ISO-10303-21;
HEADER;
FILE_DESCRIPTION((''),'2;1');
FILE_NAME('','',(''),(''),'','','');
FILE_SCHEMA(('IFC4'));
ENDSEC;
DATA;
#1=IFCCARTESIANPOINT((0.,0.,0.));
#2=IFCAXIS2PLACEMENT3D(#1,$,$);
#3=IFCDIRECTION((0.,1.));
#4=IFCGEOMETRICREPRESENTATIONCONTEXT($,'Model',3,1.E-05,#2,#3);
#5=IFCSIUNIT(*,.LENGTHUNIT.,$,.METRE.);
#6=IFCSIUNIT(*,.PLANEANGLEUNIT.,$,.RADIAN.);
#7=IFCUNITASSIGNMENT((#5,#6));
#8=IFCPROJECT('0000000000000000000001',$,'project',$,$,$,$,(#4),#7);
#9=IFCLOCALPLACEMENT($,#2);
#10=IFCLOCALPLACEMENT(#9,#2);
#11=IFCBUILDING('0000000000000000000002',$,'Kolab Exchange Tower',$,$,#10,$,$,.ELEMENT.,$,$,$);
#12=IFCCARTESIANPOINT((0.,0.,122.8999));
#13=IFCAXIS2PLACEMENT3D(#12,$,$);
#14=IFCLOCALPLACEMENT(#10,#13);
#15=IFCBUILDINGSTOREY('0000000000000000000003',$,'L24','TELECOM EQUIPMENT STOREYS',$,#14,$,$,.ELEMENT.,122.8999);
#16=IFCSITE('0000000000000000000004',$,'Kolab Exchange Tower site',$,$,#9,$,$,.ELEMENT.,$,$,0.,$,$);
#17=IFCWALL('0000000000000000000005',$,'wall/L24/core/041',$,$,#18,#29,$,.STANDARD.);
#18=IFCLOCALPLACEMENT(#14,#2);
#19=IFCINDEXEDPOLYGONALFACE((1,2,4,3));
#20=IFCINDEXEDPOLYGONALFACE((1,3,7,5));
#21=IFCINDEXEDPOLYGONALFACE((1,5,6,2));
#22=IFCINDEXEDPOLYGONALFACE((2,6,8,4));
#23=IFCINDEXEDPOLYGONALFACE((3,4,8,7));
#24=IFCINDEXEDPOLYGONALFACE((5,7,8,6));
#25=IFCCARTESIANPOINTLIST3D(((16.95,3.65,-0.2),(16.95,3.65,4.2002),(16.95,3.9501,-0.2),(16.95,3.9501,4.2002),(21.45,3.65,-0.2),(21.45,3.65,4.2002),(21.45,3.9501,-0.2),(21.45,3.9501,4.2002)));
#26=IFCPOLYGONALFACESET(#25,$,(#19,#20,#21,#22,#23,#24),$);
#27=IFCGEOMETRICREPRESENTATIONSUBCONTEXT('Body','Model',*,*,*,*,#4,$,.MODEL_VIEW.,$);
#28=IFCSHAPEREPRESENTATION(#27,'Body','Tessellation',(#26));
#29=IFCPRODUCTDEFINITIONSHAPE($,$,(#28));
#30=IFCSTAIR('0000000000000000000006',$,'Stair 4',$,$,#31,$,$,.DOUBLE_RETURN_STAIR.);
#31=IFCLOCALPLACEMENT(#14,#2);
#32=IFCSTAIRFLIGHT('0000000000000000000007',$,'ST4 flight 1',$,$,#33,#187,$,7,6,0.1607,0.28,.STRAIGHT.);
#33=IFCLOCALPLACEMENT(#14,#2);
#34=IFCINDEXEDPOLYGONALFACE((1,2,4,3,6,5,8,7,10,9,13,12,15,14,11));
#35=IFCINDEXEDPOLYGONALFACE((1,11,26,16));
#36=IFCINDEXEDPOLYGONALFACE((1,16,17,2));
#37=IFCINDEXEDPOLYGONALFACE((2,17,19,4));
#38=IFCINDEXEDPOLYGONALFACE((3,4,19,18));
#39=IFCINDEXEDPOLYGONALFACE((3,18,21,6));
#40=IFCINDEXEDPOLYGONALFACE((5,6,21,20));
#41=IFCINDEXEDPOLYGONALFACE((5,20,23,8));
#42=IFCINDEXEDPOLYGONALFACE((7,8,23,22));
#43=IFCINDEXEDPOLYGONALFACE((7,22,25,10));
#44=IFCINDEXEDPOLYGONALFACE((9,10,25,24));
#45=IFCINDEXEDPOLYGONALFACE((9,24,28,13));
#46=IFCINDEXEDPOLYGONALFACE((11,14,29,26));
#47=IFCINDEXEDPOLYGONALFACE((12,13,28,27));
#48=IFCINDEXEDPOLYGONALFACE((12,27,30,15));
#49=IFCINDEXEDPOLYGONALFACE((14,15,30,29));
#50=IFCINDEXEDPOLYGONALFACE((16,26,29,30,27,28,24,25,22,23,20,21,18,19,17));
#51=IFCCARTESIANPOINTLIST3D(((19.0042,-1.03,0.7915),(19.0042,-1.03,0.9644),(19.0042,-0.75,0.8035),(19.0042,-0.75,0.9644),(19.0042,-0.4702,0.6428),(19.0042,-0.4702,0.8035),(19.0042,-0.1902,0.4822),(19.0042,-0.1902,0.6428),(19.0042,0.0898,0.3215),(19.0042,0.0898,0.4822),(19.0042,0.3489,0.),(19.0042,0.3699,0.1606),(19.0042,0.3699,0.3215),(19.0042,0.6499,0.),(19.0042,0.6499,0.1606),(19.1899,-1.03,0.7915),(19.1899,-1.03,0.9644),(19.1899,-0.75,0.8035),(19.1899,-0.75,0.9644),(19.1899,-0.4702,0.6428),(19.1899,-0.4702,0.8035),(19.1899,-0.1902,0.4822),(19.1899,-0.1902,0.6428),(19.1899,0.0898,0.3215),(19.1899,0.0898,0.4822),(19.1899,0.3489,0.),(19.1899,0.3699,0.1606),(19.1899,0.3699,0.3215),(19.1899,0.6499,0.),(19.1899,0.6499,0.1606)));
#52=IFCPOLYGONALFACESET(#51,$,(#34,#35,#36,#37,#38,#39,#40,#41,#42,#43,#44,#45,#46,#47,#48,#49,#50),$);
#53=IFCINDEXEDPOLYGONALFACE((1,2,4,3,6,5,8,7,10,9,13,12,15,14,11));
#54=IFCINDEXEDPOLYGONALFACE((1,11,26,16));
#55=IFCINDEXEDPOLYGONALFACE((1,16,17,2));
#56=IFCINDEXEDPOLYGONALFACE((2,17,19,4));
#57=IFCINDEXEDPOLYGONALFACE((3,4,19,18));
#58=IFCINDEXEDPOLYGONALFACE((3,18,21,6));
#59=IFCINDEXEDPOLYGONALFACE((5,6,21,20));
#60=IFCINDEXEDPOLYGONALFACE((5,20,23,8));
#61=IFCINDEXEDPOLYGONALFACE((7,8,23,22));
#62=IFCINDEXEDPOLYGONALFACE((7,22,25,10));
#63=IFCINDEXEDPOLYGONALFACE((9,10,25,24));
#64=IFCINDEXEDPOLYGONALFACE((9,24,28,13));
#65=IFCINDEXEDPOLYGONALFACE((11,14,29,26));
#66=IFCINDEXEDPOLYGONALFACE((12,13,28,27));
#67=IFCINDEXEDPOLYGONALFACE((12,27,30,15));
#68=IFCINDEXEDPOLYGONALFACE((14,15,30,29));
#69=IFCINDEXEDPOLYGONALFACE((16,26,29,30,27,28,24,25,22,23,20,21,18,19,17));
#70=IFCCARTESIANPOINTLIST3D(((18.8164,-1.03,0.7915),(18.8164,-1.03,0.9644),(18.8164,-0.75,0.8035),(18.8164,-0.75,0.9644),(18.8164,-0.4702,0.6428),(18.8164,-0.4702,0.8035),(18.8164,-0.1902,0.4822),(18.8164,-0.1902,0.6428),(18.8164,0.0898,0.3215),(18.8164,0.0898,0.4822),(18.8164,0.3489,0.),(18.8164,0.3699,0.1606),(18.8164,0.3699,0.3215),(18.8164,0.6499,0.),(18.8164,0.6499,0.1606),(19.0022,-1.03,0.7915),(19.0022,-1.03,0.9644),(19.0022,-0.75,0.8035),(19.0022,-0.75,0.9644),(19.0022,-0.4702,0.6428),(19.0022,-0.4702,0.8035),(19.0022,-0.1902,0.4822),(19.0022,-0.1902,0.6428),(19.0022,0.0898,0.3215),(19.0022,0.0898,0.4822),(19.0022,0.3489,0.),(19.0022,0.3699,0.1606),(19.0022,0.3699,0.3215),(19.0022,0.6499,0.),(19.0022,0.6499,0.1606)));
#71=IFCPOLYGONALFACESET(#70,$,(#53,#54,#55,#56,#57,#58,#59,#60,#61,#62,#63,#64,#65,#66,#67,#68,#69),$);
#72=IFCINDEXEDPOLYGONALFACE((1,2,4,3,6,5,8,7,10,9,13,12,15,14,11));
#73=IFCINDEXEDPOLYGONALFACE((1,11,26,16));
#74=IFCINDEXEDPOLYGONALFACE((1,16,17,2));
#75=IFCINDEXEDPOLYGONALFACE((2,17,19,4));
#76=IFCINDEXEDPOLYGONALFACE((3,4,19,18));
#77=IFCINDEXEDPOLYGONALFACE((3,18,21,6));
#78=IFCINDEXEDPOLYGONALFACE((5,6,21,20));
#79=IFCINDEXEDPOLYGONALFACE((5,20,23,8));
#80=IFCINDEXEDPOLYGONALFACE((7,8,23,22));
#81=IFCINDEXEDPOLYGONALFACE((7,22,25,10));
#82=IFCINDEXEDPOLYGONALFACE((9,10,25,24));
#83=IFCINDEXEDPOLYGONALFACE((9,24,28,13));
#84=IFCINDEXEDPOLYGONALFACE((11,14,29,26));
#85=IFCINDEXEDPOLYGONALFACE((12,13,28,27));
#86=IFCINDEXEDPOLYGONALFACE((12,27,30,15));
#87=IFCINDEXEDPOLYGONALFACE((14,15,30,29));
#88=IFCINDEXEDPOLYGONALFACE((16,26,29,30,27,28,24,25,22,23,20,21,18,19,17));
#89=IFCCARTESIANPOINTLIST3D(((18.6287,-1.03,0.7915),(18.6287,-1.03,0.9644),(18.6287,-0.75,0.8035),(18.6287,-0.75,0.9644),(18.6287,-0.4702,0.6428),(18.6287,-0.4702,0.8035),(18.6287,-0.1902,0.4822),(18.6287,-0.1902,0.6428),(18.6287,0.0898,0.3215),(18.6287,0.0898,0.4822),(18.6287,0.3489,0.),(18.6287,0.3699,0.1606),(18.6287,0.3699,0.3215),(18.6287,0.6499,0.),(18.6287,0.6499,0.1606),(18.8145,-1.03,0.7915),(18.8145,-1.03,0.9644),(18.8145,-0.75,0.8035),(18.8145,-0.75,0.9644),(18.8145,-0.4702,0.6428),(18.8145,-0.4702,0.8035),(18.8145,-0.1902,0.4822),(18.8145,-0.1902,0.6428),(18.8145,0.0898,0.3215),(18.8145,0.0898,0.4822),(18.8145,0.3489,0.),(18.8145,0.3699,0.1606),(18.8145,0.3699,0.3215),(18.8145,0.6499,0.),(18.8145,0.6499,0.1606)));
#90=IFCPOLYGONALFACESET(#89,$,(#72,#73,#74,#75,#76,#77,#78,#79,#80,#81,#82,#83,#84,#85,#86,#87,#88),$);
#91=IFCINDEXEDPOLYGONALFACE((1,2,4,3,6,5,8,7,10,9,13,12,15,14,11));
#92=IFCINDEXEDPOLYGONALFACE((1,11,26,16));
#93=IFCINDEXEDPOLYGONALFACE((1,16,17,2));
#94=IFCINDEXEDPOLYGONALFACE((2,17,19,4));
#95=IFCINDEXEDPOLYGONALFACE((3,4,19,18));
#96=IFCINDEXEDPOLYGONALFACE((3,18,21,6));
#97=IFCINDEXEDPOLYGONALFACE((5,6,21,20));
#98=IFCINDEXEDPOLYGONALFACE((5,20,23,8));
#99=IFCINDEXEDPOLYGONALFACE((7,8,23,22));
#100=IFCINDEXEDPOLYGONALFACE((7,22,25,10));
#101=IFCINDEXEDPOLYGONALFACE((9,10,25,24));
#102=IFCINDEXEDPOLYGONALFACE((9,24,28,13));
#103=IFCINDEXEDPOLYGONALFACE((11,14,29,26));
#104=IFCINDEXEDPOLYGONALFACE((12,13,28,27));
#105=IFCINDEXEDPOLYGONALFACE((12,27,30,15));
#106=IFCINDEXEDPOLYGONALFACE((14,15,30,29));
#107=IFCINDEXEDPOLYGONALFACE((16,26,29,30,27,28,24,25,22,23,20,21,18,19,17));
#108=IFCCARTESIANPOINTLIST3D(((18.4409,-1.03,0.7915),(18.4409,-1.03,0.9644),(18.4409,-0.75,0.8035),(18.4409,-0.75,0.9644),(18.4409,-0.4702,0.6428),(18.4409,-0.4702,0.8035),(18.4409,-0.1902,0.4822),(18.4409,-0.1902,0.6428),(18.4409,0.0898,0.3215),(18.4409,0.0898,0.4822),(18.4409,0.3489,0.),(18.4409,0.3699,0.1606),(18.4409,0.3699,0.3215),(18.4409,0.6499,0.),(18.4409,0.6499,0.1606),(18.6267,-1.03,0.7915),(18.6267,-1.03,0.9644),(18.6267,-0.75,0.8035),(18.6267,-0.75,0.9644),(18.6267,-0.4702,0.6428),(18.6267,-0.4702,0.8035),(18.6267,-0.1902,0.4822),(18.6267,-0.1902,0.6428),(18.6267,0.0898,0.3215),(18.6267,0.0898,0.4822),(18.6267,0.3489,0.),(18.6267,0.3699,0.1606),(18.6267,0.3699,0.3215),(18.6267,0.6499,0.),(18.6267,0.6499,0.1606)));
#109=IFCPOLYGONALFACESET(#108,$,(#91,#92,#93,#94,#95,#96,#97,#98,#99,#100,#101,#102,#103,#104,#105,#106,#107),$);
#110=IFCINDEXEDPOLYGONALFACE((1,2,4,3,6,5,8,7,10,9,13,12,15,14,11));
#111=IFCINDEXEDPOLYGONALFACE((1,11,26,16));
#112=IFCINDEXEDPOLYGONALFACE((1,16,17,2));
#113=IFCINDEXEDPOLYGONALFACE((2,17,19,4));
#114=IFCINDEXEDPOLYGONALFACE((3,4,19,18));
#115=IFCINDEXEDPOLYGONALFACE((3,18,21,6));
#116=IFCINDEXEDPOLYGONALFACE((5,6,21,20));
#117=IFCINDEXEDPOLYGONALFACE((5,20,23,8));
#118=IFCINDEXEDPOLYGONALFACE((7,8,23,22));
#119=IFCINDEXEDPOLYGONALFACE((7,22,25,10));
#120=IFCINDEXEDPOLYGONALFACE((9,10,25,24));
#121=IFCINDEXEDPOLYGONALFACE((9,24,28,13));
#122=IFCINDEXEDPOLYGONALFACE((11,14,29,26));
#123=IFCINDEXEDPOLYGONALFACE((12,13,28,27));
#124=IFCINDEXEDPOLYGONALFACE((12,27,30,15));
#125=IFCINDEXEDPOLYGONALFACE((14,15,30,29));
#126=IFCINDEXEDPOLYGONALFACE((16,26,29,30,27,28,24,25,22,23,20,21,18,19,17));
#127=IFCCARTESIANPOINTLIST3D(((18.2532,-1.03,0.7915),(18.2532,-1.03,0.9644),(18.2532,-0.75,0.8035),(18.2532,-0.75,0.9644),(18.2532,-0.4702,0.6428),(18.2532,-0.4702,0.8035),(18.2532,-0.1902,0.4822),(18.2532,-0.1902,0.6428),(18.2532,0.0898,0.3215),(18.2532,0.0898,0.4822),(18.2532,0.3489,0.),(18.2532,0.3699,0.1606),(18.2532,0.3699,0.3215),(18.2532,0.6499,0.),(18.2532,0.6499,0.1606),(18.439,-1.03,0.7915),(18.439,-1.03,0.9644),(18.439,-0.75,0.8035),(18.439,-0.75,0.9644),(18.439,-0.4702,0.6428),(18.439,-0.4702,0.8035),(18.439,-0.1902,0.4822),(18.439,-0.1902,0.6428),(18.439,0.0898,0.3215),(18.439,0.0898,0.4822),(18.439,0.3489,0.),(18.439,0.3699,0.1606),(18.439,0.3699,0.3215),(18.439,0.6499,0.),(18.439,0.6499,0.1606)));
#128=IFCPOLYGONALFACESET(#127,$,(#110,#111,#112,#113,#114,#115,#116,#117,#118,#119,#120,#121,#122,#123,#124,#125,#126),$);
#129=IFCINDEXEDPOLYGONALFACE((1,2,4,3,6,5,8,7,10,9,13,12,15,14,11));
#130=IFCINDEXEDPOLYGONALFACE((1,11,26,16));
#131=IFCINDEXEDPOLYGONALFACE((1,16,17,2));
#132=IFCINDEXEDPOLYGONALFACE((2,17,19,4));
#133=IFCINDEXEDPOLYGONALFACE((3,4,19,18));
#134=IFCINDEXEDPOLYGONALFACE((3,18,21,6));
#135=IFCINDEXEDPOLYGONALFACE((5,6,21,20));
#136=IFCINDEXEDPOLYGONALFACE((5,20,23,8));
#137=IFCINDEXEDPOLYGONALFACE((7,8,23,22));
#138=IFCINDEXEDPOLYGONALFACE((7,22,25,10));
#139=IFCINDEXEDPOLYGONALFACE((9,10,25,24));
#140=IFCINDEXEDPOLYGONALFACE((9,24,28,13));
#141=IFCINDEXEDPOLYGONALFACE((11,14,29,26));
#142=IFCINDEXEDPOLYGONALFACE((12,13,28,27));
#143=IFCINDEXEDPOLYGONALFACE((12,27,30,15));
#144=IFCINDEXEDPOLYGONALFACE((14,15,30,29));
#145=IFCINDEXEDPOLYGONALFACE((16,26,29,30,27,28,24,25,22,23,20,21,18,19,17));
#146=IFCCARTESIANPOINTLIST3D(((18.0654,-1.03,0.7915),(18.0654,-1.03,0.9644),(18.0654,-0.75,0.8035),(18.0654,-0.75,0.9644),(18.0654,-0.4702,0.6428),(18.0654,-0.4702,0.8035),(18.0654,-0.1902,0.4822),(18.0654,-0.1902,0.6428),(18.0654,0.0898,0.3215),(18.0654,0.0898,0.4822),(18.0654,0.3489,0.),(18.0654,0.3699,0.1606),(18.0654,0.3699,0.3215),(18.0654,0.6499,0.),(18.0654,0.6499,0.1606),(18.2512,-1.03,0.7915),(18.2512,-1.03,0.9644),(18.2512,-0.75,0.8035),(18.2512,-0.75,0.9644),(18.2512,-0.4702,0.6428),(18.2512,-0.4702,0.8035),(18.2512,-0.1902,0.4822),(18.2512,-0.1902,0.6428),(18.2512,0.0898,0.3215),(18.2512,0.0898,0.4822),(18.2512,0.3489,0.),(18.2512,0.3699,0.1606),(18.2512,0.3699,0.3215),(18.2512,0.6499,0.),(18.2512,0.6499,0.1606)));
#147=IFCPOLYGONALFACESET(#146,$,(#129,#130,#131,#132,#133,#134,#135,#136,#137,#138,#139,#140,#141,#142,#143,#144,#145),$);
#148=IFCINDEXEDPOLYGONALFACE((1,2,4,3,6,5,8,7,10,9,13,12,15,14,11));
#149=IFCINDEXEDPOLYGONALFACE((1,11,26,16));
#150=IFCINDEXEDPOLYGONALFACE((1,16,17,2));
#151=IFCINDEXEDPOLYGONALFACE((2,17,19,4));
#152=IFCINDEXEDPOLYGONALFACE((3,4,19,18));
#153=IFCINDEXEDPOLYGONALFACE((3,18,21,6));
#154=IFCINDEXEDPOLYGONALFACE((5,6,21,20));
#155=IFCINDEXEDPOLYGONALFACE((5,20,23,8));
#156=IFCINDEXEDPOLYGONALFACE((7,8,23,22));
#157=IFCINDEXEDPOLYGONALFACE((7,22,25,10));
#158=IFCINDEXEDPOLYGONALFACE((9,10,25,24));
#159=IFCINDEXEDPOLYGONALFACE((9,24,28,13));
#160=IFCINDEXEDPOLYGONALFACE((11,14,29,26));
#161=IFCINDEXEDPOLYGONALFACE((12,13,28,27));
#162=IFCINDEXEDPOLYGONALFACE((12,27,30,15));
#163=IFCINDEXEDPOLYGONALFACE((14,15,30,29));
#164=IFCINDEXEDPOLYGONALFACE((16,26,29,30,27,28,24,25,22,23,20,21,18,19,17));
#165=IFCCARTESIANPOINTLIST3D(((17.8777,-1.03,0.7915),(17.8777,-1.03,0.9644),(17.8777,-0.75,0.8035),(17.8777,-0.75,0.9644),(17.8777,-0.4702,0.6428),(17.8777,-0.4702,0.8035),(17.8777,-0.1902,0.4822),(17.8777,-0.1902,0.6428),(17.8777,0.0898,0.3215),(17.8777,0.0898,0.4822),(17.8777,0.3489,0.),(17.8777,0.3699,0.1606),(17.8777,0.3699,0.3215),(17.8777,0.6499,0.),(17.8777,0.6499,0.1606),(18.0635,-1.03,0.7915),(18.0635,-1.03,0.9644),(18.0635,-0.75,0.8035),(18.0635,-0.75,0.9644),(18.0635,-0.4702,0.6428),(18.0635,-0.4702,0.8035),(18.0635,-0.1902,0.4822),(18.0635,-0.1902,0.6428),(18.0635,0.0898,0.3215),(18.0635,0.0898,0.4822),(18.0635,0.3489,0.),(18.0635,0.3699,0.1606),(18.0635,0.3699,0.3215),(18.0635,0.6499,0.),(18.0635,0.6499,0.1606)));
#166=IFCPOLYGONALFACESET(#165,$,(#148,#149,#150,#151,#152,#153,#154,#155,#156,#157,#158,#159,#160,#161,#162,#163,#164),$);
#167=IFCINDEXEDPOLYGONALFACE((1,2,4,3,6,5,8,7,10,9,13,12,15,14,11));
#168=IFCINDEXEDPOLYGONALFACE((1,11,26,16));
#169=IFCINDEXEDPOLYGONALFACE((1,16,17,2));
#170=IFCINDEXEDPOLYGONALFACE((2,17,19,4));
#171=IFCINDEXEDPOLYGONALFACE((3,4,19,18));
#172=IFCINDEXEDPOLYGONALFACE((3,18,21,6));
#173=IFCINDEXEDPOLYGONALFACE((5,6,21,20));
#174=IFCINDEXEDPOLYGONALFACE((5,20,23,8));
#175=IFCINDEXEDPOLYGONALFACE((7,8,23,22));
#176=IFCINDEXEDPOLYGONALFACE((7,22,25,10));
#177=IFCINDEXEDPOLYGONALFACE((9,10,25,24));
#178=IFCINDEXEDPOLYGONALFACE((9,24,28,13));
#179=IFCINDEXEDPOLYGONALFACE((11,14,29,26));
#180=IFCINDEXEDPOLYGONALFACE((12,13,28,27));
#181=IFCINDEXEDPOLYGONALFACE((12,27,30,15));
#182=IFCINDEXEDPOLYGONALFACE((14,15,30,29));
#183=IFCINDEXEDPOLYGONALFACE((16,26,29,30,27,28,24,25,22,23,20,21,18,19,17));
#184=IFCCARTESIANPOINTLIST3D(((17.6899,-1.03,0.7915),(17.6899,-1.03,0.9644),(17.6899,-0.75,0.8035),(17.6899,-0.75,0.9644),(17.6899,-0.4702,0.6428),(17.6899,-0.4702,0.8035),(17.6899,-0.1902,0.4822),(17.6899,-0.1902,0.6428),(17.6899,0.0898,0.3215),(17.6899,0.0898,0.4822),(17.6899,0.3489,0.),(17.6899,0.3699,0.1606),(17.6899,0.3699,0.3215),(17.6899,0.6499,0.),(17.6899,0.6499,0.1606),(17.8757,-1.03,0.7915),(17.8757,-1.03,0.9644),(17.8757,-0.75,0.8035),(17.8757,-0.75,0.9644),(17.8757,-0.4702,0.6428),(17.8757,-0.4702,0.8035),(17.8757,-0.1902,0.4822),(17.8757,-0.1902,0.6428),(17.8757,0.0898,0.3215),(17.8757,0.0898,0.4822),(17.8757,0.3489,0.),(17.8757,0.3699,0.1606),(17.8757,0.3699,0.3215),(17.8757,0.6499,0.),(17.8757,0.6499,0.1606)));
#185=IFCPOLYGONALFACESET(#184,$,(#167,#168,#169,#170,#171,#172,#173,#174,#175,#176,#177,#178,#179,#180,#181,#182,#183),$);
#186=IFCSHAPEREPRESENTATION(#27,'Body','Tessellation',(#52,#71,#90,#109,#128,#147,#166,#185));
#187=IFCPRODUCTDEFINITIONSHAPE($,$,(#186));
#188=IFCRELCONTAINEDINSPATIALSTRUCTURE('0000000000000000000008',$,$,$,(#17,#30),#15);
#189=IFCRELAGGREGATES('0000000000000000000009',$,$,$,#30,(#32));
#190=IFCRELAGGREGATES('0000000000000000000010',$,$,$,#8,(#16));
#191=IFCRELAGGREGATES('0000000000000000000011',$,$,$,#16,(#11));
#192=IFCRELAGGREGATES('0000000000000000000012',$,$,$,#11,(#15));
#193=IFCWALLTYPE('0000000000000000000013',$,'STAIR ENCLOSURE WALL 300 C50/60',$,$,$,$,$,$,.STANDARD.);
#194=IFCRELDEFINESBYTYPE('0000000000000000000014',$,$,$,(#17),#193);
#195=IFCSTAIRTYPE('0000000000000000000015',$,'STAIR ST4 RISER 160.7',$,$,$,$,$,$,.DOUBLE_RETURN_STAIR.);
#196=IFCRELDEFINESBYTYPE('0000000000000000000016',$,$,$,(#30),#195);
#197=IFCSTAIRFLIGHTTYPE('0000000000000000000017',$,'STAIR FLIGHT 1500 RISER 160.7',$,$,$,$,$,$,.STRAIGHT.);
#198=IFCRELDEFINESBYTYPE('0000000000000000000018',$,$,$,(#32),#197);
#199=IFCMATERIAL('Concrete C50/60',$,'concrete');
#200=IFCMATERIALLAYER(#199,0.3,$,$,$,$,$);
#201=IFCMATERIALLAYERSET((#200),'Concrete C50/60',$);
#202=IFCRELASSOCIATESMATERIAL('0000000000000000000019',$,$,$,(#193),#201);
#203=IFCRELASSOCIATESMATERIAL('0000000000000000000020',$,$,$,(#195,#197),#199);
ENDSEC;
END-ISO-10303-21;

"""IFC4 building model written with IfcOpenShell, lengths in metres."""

from ifc_helpers import new_model, si_unit, direction, frame, frame_2d, origin, place, context, subcontext, project, spatial, polyline, rectangle, outline, extrude, material, layer, layer_set, type_object, element, aggregate, save


model = new_model("IFC4")

# Units and contexts
model_context = context("Model", 3, precision=1e-05, world=origin(), true_north=direction((0.0, 1.0)))
body_context = subcontext(model_context, "Body", "Model", "MODEL_VIEW")
ifc_project = project(units=[si_unit("LENGTHUNIT", "METRE"), si_unit("PLANEANGLEUNIT", "RADIAN")], contexts=[model_context])

# Site, building, storey
site_placement = place(None, origin())
site = spatial("IfcSite", under=ifc_project, at=site_placement, Name="Kolab Exchange Tower site", CompositionType="ELEMENT", RefElevation=0.0)
building_placement = place(site_placement, origin())
building = spatial("IfcBuilding", under=site, at=building_placement, Name="Kolab Exchange Tower", CompositionType="ELEMENT")
storey_placement = place(building_placement, frame((0.0, 0.0, 122.8999)))
storey = spatial("IfcBuildingStorey", under=building, at=storey_placement, Name="L24", Description="TELECOM EQUIPMENT STOREYS", CompositionType="ELEMENT", Elevation=122.8999)

# Wall
ifc_material_1 = material(Name="Concrete C50/60", Category="concrete")
ifc_layer_1 = layer(ifc_material_1, 0.3)
ifc_layer_set_1 = layer_set([ifc_layer_1], Name="Concrete C50/60")
wall_type_1 = type_object("IfcWallType", Name="STAIR ENCLOSURE WALL 300 C50/60", PredefinedType="STANDARD", material=ifc_layer_set_1)
wall_1_placement = place(storey_placement, frame((16.95, 3.8, -0.2), z_axis=(0.0, 0.0, 1.0), x_axis=(1.0, 0.0, 0.0)))
element("IfcWall", 1, at=wall_1_placement, inside=storey, type_object=wall_type_1, Name="wall/L24/core/041", PredefinedType="STANDARD", context=body_context, shape_type="SweptSolid", body=[
    extrude(rectangle(XDim=4.5, YDim=0.3, at=frame_2d((2.25, 0.0))), origin(), (0.0, 0.0, 1.0), 4.4001),
])

# Stair, stair flight
stair_type = type_object("IfcStairType", Name="STAIR ST4 RISER 160.7", PredefinedType="DOUBLE_RETURN_STAIR", material=ifc_material_1)
stair_placement = place(storey_placement, origin())
stair = element("IfcStair", 2, at=stair_placement, inside=storey, type_object=stair_type, Name="Stair 4", PredefinedType="DOUBLE_RETURN_STAIR")
stair_flight_type = type_object("IfcStairFlightType", Name="STAIR FLIGHT 1500 RISER 160.7", PredefinedType="STRAIGHT", material=ifc_material_1)
stair_flight_1_placement = place(storey_placement, frame((18.4399, 0.6499, 0.0), z_axis=(0.0, 0.0, 1.0), x_axis=(0.0, -1.0, 0.0)))
stair_flight_1 = element("IfcStairFlight", 3, at=stair_flight_1_placement, type_object=stair_flight_type, Name="ST4 flight 1", NumberOfRisers=7, NumberOfTreads=6, PredefinedType="STRAIGHT", RiserHeight=0.1607, TreadLength=0.28, context=body_context, shape_type="SweptSolid", body=[
    extrude(outline(polyline([(0.0, 0.0), (0.0, 0.1606), (0.28, 0.1606), (0.28, 0.3215), (0.5601, 0.3215), (0.5601, 0.4822), (0.8401, 0.4822), (0.8401, 0.6428), (1.1201, 0.6428), (1.1201, 0.8035), (1.3999, 0.8035), (1.3999, 0.9644), (1.6799, 0.9644), (1.6799, 1.125), (1.6799, 0.7915), (0.301, 0.0), (0.0, 0.0)])), frame((0.0, 0.75, 0.0), z_axis=(0.0, -1.0, 0.0), x_axis=(1.0, 0.0, 0.0)), (0.0, 0.0, 1.0), 0.1858),
    extrude(outline(polyline([(0.0, 0.0), (0.0, 0.1606), (0.28, 0.1606), (0.28, 0.3215), (0.5601, 0.3215), (0.5601, 0.4822), (0.8401, 0.4822), (0.8401, 0.6428), (1.1201, 0.6428), (1.1201, 0.8035), (1.3999, 0.8035), (1.3999, 0.9644), (1.6799, 0.9644), (1.6799, 1.125), (1.6799, 0.7915), (0.301, 0.0), (0.0, 0.0)])), frame((0.0, 0.5623, 0.0), z_axis=(0.0, -1.0, 0.0), x_axis=(1.0, 0.0, 0.0)), (0.0, 0.0, 1.0), 0.1858),
    extrude(outline(polyline([(0.0, 0.0), (0.0, 0.1606), (0.28, 0.1606), (0.28, 0.3215), (0.5601, 0.3215), (0.5601, 0.4822), (0.8401, 0.4822), (0.8401, 0.6428), (1.1201, 0.6428), (1.1201, 0.8035), (1.3999, 0.8035), (1.3999, 0.9644), (1.6799, 0.9644), (1.6799, 1.125), (1.6799, 0.7915), (0.301, 0.0), (0.0, 0.0)])), frame((0.0, 0.3745, 0.0), z_axis=(0.0, -1.0, 0.0), x_axis=(1.0, 0.0, 0.0)), (0.0, 0.0, 1.0), 0.1858),
    extrude(outline(polyline([(0.0, 0.0), (0.0, 0.1606), (0.28, 0.1606), (0.28, 0.3215), (0.5601, 0.3215), (0.5601, 0.4822), (0.8401, 0.4822), (0.8401, 0.6428), (1.1201, 0.6428), (1.1201, 0.8035), (1.3999, 0.8035), (1.3999, 0.9644), (1.6799, 0.9644), (1.6799, 1.125), (1.6799, 0.7915), (0.301, 0.0), (0.0, 0.0)])), frame((0.0, 0.1868, 0.0), z_axis=(0.0, -1.0, 0.0), x_axis=(1.0, 0.0, 0.0)), (0.0, 0.0, 1.0), 0.1858),
    extrude(outline(polyline([(0.0, 0.0), (0.0, 0.1606), (0.28, 0.1606), (0.28, 0.3215), (0.5601, 0.3215), (0.5601, 0.4822), (0.8401, 0.4822), (0.8401, 0.6428), (1.1201, 0.6428), (1.1201, 0.8035), (1.3999, 0.8035), (1.3999, 0.9644), (1.6799, 0.9644), (1.6799, 1.125), (1.6799, 0.7915), (0.301, 0.0), (0.0, 0.0)])), frame((0.0, -0.001, 0.0), z_axis=(0.0, -1.0, 0.0), x_axis=(1.0, 0.0, 0.0)), (0.0, 0.0, 1.0), 0.1858),
    extrude(outline(polyline([(0.0, 0.0), (0.0, 0.1606), (0.28, 0.1606), (0.28, 0.3215), (0.5601, 0.3215), (0.5601, 0.4822), (0.8401, 0.4822), (0.8401, 0.6428), (1.1201, 0.6428), (1.1201, 0.8035), (1.3999, 0.8035), (1.3999, 0.9644), (1.6799, 0.9644), (1.6799, 1.125), (1.6799, 0.7915), (0.301, 0.0), (0.0, 0.0)])), frame((0.0, -0.1887, 0.0), z_axis=(0.0, -1.0, 0.0), x_axis=(1.0, 0.0, 0.0)), (0.0, 0.0, 1.0), 0.1858),
    extrude(outline(polyline([(0.0, 0.0), (0.0, 0.1606), (0.28, 0.1606), (0.28, 0.3215), (0.5601, 0.3215), (0.5601, 0.4822), (0.8401, 0.4822), (0.8401, 0.6428), (1.1201, 0.6428), (1.1201, 0.8035), (1.3999, 0.8035), (1.3999, 0.9644), (1.6799, 0.9644), (1.6799, 1.125), (1.6799, 0.7915), (0.301, 0.0), (0.0, 0.0)])), frame((0.0, -0.3765, 0.0), z_axis=(0.0, -1.0, 0.0), x_axis=(1.0, 0.0, 0.0)), (0.0, 0.0, 1.0), 0.1858),
    extrude(outline(polyline([(0.0, 0.0), (0.0, 0.1606), (0.28, 0.1606), (0.28, 0.3215), (0.5601, 0.3215), (0.5601, 0.4822), (0.8401, 0.4822), (0.8401, 0.6428), (1.1201, 0.6428), (1.1201, 0.8035), (1.3999, 0.8035), (1.3999, 0.9644), (1.6799, 0.9644), (1.6799, 1.125), (1.6799, 0.7915), (0.301, 0.0), (0.0, 0.0)])), frame((0.0, -0.5642, 0.0), z_axis=(0.0, -1.0, 0.0), x_axis=(1.0, 0.0, 0.0)), (0.0, 0.0, 1.0), 0.1858),
])
aggregate(stair, [stair_flight_1])

save(model, "model.ifc")
